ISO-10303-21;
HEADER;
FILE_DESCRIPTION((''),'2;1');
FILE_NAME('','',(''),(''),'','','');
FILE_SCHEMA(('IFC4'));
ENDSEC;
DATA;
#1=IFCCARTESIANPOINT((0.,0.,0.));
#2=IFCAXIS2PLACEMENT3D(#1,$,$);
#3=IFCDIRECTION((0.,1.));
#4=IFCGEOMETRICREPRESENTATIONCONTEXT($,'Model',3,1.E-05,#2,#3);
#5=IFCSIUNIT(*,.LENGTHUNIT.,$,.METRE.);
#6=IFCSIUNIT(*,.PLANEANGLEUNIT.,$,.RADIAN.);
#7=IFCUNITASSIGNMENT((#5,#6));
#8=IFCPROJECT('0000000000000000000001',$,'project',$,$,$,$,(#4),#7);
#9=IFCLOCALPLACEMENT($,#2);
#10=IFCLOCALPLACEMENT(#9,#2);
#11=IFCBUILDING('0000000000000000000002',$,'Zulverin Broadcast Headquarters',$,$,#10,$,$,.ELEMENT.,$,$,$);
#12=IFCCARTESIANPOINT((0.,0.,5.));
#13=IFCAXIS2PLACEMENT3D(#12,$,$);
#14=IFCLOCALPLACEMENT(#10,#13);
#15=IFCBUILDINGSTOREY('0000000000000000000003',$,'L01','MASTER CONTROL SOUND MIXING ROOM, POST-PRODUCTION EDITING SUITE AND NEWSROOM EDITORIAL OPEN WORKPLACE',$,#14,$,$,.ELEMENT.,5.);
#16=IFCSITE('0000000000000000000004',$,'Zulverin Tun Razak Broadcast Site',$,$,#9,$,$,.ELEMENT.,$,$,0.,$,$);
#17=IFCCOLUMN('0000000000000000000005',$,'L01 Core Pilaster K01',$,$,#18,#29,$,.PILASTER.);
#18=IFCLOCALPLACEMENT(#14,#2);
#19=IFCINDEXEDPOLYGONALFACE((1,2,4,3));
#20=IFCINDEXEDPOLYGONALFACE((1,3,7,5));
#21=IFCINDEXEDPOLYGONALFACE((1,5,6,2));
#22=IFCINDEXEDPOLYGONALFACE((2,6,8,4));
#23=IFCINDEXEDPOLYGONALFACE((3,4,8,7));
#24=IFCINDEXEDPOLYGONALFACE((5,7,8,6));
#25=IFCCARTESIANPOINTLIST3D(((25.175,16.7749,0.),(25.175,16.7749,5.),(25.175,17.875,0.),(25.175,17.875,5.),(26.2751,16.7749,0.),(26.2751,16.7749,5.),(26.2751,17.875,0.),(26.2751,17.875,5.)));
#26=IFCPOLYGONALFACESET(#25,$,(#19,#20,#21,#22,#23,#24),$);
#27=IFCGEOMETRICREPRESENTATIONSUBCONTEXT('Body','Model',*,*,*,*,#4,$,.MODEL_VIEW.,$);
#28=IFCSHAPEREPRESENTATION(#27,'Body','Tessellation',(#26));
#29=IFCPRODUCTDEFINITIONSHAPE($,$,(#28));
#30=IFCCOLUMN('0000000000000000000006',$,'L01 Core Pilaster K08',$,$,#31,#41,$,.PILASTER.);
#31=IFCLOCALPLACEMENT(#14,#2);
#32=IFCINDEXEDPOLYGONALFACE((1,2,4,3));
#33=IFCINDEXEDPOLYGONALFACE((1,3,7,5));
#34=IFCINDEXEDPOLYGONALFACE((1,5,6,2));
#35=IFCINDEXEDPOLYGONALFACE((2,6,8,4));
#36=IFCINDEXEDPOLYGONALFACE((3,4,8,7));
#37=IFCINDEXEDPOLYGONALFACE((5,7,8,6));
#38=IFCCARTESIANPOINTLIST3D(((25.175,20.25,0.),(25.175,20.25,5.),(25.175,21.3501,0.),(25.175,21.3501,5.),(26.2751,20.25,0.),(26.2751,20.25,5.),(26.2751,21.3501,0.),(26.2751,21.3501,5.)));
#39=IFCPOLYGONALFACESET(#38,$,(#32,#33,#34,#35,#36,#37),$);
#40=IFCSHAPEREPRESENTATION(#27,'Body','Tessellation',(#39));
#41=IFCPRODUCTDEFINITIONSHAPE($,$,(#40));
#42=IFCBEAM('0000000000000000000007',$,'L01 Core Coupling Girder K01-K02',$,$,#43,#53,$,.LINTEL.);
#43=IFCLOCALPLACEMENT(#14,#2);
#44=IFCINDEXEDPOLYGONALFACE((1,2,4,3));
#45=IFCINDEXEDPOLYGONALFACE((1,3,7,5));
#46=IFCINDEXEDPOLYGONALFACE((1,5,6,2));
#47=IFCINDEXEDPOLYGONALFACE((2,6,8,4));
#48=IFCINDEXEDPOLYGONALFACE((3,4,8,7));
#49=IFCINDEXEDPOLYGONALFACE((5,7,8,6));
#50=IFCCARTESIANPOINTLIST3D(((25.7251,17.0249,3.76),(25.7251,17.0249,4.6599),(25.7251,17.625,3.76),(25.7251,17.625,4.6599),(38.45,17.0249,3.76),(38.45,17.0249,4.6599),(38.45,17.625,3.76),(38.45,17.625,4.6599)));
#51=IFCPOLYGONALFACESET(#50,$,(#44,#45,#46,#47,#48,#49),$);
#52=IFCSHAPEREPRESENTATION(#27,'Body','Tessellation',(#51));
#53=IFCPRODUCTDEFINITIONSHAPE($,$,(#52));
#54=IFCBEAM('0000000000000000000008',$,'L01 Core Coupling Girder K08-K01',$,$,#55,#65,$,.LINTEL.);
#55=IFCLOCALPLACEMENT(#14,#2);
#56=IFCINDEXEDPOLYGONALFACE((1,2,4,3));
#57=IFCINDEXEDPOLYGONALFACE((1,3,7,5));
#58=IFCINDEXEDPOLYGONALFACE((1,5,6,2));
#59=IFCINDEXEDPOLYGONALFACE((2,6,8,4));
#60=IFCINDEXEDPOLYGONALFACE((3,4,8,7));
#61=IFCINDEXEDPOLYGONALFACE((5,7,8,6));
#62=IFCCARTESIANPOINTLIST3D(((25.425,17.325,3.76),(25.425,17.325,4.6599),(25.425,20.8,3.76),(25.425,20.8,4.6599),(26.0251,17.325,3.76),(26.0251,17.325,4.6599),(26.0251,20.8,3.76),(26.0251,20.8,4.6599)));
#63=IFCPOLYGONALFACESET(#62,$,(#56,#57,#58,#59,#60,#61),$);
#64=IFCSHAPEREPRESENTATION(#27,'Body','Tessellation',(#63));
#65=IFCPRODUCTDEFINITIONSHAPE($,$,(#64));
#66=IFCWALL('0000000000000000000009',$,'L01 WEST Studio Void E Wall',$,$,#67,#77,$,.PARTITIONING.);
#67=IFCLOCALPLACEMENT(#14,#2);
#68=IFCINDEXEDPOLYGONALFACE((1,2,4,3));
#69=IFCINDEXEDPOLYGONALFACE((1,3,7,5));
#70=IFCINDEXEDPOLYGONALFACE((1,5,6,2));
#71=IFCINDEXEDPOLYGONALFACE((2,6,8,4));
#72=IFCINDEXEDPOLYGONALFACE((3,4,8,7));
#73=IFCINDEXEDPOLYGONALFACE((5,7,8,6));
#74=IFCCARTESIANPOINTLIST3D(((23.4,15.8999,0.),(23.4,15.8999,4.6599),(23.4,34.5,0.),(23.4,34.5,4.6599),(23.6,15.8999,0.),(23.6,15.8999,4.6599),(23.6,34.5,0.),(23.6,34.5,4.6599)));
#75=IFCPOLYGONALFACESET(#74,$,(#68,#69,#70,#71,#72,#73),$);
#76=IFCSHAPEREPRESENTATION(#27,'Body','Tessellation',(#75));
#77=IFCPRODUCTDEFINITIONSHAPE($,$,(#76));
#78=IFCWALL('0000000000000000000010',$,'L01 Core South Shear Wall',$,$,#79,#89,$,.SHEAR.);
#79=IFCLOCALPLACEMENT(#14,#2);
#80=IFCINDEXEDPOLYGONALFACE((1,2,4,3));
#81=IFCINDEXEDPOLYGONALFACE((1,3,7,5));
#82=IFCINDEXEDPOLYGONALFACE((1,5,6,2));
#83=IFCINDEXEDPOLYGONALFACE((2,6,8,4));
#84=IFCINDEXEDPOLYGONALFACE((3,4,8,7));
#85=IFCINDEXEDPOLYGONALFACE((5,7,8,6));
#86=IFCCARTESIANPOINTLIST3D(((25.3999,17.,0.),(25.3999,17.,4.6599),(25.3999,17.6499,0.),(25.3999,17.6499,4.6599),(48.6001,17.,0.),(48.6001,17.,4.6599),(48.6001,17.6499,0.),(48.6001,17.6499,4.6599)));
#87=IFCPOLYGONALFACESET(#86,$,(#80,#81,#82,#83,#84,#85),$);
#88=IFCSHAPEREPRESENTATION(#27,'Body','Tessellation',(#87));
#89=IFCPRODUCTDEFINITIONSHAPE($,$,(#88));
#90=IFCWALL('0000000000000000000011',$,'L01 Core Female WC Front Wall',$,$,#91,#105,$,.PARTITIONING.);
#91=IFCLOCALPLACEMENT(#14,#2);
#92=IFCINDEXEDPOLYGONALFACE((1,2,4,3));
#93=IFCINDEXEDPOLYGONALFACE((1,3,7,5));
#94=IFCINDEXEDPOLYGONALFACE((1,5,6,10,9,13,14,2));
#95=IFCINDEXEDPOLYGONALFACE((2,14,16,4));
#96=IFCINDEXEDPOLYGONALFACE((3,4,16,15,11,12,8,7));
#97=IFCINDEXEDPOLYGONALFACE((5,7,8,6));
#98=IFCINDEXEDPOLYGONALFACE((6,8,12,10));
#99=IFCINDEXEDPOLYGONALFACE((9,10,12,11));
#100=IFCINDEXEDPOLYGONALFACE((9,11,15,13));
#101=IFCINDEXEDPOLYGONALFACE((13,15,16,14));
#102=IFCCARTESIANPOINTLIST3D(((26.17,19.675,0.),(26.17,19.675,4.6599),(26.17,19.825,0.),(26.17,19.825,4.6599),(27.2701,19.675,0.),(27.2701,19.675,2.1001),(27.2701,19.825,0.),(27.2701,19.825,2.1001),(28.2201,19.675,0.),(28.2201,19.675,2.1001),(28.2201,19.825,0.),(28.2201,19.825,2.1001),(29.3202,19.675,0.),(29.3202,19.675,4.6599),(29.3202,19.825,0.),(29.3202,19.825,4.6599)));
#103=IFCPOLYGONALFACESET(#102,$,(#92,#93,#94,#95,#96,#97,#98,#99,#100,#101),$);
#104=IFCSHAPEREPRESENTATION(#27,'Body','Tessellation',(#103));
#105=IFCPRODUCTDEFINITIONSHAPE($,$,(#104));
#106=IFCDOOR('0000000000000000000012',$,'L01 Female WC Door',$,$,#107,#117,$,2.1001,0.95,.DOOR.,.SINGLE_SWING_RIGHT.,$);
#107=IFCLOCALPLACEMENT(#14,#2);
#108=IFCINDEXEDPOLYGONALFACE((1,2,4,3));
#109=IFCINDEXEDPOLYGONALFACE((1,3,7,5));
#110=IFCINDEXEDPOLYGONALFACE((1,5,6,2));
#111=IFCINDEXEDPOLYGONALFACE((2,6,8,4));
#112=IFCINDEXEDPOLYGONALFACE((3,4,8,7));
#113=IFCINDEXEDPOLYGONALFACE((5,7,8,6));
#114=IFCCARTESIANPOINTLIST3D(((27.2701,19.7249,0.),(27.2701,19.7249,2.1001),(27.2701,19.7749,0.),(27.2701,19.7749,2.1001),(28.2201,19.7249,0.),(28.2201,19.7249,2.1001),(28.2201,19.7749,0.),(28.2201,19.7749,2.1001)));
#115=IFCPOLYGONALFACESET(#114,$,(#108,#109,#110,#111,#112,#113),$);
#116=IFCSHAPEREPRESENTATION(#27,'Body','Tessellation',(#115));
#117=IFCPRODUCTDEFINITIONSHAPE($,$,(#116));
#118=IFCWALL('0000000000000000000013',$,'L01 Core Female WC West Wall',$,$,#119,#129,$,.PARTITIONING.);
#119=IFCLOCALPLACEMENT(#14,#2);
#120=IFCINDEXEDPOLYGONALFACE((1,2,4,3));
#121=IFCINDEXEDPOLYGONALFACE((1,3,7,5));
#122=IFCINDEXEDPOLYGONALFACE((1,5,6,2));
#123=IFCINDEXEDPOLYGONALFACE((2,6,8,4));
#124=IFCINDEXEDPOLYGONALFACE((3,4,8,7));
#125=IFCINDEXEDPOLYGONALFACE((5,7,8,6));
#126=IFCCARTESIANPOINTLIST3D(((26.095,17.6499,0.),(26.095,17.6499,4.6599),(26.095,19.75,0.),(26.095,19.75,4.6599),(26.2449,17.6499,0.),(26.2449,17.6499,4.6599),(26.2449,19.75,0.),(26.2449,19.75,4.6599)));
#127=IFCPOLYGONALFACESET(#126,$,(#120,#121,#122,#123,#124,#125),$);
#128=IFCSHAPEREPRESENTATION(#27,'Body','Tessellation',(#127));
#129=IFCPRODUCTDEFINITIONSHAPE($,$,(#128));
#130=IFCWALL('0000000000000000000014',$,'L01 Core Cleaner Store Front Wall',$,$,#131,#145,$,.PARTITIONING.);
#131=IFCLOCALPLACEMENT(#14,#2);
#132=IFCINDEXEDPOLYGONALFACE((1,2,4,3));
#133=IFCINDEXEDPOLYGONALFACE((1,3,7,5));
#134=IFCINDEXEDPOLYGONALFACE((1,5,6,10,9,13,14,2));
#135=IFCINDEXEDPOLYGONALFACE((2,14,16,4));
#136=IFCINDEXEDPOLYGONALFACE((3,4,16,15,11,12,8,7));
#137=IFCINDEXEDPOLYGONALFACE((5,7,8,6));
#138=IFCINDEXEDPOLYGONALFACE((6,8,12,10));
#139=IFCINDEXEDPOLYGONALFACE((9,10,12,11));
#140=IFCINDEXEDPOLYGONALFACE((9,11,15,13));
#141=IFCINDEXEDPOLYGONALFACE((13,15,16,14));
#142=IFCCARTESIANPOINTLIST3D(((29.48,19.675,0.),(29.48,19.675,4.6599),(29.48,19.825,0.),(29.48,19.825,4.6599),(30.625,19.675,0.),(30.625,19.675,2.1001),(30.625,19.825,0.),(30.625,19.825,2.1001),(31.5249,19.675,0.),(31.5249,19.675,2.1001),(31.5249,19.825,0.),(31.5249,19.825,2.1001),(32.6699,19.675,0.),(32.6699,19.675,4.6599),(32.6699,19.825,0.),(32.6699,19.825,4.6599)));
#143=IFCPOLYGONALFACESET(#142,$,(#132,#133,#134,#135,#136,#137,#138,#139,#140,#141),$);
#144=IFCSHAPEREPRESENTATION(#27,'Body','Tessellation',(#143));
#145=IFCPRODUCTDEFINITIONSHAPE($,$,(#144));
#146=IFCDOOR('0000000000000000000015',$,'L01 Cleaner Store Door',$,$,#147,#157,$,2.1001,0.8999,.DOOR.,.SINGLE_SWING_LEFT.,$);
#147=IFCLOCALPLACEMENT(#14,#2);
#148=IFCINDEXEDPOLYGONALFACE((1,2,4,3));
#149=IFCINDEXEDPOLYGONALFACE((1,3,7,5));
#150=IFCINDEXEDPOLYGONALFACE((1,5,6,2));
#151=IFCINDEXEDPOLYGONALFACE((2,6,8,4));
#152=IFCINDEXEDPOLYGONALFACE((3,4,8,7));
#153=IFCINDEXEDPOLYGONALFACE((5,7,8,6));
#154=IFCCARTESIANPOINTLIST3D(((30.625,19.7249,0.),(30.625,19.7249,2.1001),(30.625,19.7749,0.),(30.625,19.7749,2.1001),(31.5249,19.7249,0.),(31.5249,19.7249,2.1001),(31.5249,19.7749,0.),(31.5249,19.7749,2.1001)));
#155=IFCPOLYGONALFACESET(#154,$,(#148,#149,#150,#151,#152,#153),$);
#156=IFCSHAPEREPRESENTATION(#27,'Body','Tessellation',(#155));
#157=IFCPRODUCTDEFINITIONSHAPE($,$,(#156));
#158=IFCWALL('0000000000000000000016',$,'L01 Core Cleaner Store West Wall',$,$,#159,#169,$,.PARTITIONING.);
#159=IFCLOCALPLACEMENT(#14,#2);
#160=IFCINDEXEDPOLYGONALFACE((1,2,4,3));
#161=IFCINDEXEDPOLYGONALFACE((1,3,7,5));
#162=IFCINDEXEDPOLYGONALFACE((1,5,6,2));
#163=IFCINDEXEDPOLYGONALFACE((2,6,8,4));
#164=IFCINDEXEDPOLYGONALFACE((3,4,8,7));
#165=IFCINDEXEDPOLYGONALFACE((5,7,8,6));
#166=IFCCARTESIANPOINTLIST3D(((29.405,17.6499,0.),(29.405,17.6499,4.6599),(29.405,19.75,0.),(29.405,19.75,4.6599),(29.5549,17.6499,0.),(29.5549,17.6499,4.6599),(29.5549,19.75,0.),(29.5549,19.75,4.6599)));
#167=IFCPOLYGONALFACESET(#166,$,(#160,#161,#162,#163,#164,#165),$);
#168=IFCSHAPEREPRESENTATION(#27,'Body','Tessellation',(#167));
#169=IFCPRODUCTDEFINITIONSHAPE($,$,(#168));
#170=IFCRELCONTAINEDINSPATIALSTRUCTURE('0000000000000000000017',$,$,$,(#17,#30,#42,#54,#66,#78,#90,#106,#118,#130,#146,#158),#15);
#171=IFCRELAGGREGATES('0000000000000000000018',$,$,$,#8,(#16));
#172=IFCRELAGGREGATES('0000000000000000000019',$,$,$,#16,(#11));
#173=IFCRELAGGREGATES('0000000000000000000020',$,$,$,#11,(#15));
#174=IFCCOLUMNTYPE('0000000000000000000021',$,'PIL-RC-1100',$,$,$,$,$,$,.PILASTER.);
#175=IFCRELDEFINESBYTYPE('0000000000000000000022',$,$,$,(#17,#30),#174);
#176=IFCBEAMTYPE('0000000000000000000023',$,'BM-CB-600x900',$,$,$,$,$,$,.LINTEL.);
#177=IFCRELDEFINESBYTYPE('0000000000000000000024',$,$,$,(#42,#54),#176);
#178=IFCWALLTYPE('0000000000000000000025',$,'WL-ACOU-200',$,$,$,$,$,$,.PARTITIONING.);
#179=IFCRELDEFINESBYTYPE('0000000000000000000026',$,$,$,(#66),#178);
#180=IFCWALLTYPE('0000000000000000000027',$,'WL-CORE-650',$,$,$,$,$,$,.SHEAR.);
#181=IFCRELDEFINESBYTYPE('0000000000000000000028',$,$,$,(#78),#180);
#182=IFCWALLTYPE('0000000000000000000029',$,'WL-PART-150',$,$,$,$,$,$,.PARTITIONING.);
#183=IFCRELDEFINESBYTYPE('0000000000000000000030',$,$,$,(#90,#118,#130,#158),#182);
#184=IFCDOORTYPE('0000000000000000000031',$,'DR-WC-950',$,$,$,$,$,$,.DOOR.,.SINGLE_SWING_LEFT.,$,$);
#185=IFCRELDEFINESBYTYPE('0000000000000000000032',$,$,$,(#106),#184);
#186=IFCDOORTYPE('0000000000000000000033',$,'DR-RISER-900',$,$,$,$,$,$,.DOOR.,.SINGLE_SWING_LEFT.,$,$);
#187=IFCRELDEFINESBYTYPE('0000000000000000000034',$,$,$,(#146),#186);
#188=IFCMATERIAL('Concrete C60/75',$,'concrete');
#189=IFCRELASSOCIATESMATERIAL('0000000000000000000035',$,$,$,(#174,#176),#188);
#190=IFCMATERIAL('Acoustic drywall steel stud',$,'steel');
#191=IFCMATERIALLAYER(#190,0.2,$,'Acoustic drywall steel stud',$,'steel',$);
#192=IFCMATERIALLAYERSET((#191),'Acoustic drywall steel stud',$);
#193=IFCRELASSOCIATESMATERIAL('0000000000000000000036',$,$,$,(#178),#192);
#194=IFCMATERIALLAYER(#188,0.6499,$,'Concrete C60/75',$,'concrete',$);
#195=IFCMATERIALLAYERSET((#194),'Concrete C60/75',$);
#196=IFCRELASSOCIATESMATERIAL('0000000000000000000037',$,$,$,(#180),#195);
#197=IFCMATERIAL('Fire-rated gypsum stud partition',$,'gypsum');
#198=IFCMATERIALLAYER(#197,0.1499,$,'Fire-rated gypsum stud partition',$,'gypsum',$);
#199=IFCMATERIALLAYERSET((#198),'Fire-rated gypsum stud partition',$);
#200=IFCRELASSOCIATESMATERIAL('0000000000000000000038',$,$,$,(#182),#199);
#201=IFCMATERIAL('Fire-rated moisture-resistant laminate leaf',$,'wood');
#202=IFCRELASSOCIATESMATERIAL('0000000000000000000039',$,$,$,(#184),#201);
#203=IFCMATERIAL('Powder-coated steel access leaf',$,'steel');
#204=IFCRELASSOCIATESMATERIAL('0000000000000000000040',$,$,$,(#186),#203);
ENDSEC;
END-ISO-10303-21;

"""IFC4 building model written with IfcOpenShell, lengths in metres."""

from ifc_helpers import new_model, si_unit, direction, frame, frame_2d, origin, origin_2d, place, context, subcontext, project, spatial, rectangle, extrude, material, layer, layer_set, material_profile, profile_set, type_object, element, fill, save


model = new_model("IFC4")

# Units and contexts
model_context = context("Model", 3, precision=1e-05, world=origin(), true_north=direction((0.0, 1.0)))
body_context = subcontext(model_context, "Body", "Model", "MODEL_VIEW")
ifc_project = project(units=[si_unit("LENGTHUNIT", "METRE"), si_unit("PLANEANGLEUNIT", "RADIAN")], contexts=[model_context])

# Site, building, storey
site_placement = place(None, origin())
site = spatial("IfcSite", under=ifc_project, at=site_placement, Name="Zulverin Tun Razak Broadcast Site", CompositionType="ELEMENT", RefElevation=0.0)
building_placement = place(site_placement, origin())
building = spatial("IfcBuilding", under=site, at=building_placement, Name="Zulverin Broadcast Headquarters", CompositionType="ELEMENT")
storey_placement = place(building_placement, frame((0.0, 0.0, 5.0)))
storey = spatial("IfcBuildingStorey", under=building, at=storey_placement, Name="L01", Description="MASTER CONTROL SOUND MIXING ROOM, POST-PRODUCTION EDITING SUITE AND NEWSROOM EDITORIAL OPEN WORKPLACE", CompositionType="ELEMENT", Elevation=5.0)

# Columns
ifc_material_1 = material(Name="Concrete C60/75", Category="concrete")
ifc_material_profile_1 = material_profile(ifc_material_1, rectangle(XDim=1.1001, YDim=1.1001, at=origin_2d()), Name="Concrete C60/75", Category="concrete")
ifc_profile_set_1 = profile_set([ifc_material_profile_1], Name="Concrete C60/75")
column_type = type_object("IfcColumnType", Name="PIL-RC-1100", PredefinedType="PILASTER", material=ifc_profile_set_1)
for number, where, z_axis, x_axis, name in (
    (1, (25.7251, 17.325, 0.0), (0.0, 0.0, 1.0), (1.0, 0.0, 0.0), "L01 Core Pilaster K01"),
    (2, (25.7251, 20.8, 0.0), (0.0, 0.0, 1.0), (1.0, 0.0, 0.0), "L01 Core Pilaster K08"),
):
    element("IfcColumn", number, at=place(storey_placement, frame(where, z_axis=z_axis, x_axis=x_axis)), inside=storey, type_object=column_type, Name=name, PredefinedType="PILASTER", context=body_context, shape_type="SweptSolid", body=[
        extrude(rectangle(XDim=1.1001, YDim=1.1001, at=origin_2d()), origin(), (0.0, 0.0, 1.0), 5.0),
    ])

# Beams
ifc_material_profile_2 = material_profile(ifc_material_1, rectangle(XDim=0.6001, YDim=0.8999, at=origin_2d()), Name="Concrete C60/75", Category="concrete")
ifc_profile_set_2 = profile_set([ifc_material_profile_2], Name="Concrete C60/75")
beam_type = type_object("IfcBeamType", Name="BM-CB-600x900", PredefinedType="LINTEL", material=ifc_profile_set_2)
beam_1_placement = place(storey_placement, frame((25.7251, 17.325, 4.21), z_axis=(1.0, 0.0, 0.0), x_axis=(0.0, 1.0, 0.0)))
element("IfcBeam", 3, at=beam_1_placement, inside=storey, type_object=beam_type, Name="L01 Core Coupling Girder K01-K02", PredefinedType="LINTEL", context=body_context, shape_type="SweptSolid", body=[
    extrude(rectangle(XDim=0.6001, YDim=0.8999, at=origin_2d()), origin(), (0.0, 0.0, 1.0), 12.7249),
])
beam_2_placement = place(storey_placement, frame((25.7251, 20.8, 4.21), z_axis=(0.0, -1.0, 0.0), x_axis=(1.0, 0.0, 0.0)))
element("IfcBeam", 4, at=beam_2_placement, inside=storey, type_object=beam_type, Name="L01 Core Coupling Girder K08-K01", PredefinedType="LINTEL", context=body_context, shape_type="SweptSolid", body=[
    extrude(rectangle(XDim=0.6001, YDim=0.8999, at=origin_2d()), origin(), (0.0, 0.0, 1.0), 3.4751),
])

# Walls
ifc_material_2 = material(Name="Acoustic drywall steel stud", Category="steel")
ifc_layer_1 = layer(ifc_material_2, 0.2, Name="Acoustic drywall steel stud", Category="steel")
ifc_layer_set_1 = layer_set([ifc_layer_1], Name="Acoustic drywall steel stud")
wall_type_1 = type_object("IfcWallType", Name="WL-ACOU-200", PredefinedType="PARTITIONING", material=ifc_layer_set_1)
wall_1_placement = place(storey_placement, frame((23.5, 15.8999, 0.0), z_axis=(0.0, 0.0, 1.0), x_axis=(0.0, 1.0, 0.0)))
element("IfcWall", 5, at=wall_1_placement, inside=storey, type_object=wall_type_1, Name="L01 WEST Studio Void E Wall", PredefinedType="PARTITIONING", context=body_context, shape_type="SweptSolid", body=[
    extrude(rectangle(XDim=18.6001, YDim=0.2, at=frame_2d((9.3, 0.0))), origin(), (0.0, 0.0, 1.0), 4.6599),
])
ifc_layer_2 = layer(ifc_material_1, 0.6499, Name="Concrete C60/75", Category="concrete")
ifc_layer_set_2 = layer_set([ifc_layer_2], Name="Concrete C60/75")
wall_type_2 = type_object("IfcWallType", Name="WL-CORE-650", PredefinedType="SHEAR", material=ifc_layer_set_2)
wall_2_placement = place(storey_placement, frame((25.3999, 17.325, 0.0), z_axis=(0.0, 0.0, 1.0), x_axis=(1.0, 0.0, 0.0)))
element("IfcWall", 6, at=wall_2_placement, inside=storey, type_object=wall_type_2, Name="L01 Core South Shear Wall", PredefinedType="SHEAR", context=body_context, shape_type="SweptSolid", body=[
    extrude(rectangle(XDim=23.2002, YDim=0.6499, at=frame_2d((11.6001, 0.0))), origin(), (0.0, 0.0, 1.0), 4.6599),
])

# Wall, opening, door
ifc_material_3 = material(Name="Fire-rated gypsum stud partition", Category="gypsum")
ifc_layer_3 = layer(ifc_material_3, 0.1499, Name="Fire-rated gypsum stud partition", Category="gypsum")
ifc_layer_set_3 = layer_set([ifc_layer_3], Name="Fire-rated gypsum stud partition")
wall_type_3 = type_object("IfcWallType", Name="WL-PART-150", PredefinedType="PARTITIONING", material=ifc_layer_set_3)
wall_3_placement = place(storey_placement, frame((26.1699, 19.75, 0.0), z_axis=(0.0, 0.0, 1.0), x_axis=(1.0, 0.0, 0.0)))
wall_3 = element("IfcWall", 7, at=wall_3_placement, inside=storey, type_object=wall_type_3, Name="L01 Core Female WC Front Wall", PredefinedType="PARTITIONING", context=body_context, shape_type="SweptSolid", body=[
    extrude(rectangle(XDim=3.1501, YDim=0.1499, at=frame_2d((1.5752, 0.0))), origin(), (0.0, 0.0, 1.0), 4.6599),
])
opening_1_placement = place(wall_3_placement, frame((1.1001, 0.0, 0.0)))
opening_1 = element("IfcOpeningElement", 8, at=opening_1_placement, cuts=wall_3, PredefinedType="OPENING", context=body_context, shape_type="SweptSolid", body=[
    extrude(rectangle(XDim=0.95, YDim=2.1001, at=frame_2d((0.4751, 1.05))), frame((0.0, 0.085, 0.0), z_axis=(0.0, -1.0, 0.0), x_axis=(1.0, 0.0, 0.0)), (0.0, 0.0, 1.0), 0.1699),
])
ifc_material_4 = material(Name="Fire-rated moisture-resistant laminate leaf", Category="wood")
door_type_1 = type_object("IfcDoorType", Name="DR-WC-950", OperationType="SINGLE_SWING_LEFT", PredefinedType="DOOR", material=ifc_material_4)
door_1_placement = place(opening_1_placement, origin())
door_1 = element("IfcDoor", 9, at=door_1_placement, inside=storey, type_object=door_type_1, Name="L01 Female WC Door", OperationType="SINGLE_SWING_RIGHT", OverallHeight=2.1001, OverallWidth=0.95, PredefinedType="DOOR", context=body_context, shape_type="SweptSolid", body=[
    extrude(rectangle(XDim=0.95, YDim=2.1001, at=frame_2d((0.4751, 1.05))), frame((0.0, 0.0249, 0.0), z_axis=(0.0, -1.0, 0.0), x_axis=(1.0, 0.0, 0.0)), (0.0, 0.0, 1.0), 0.05),
])
fill(opening_1, door_1)

# Wall
wall_4_placement = place(storey_placement, frame((26.1699, 17.6499, 0.0), z_axis=(0.0, 0.0, 1.0), x_axis=(0.0, 1.0, 0.0)))
element("IfcWall", 10, at=wall_4_placement, inside=storey, type_object=wall_type_3, Name="L01 Core Female WC West Wall", PredefinedType="PARTITIONING", context=body_context, shape_type="SweptSolid", body=[
    extrude(rectangle(XDim=2.1001, YDim=0.1499, at=frame_2d((1.05, 0.0))), origin(), (0.0, 0.0, 1.0), 4.6599),
])

# Wall, opening, door
wall_5_placement = place(storey_placement, frame((29.48, 19.75, 0.0), z_axis=(0.0, 0.0, 1.0), x_axis=(1.0, 0.0, 0.0)))
wall_5 = element("IfcWall", 11, at=wall_5_placement, inside=storey, type_object=wall_type_3, Name="L01 Core Cleaner Store Front Wall", PredefinedType="PARTITIONING", context=body_context, shape_type="SweptSolid", body=[
    extrude(rectangle(XDim=3.1899, YDim=0.1499, at=frame_2d((1.595, 0.0))), origin(), (0.0, 0.0, 1.0), 4.6599),
])
opening_2_placement = place(wall_5_placement, frame((1.145, 0.0, 0.0)))
opening_2 = element("IfcOpeningElement", 12, at=opening_2_placement, cuts=wall_5, PredefinedType="OPENING", context=body_context, shape_type="SweptSolid", body=[
    extrude(rectangle(XDim=0.8999, YDim=2.1001, at=frame_2d((0.45, 1.05))), frame((0.0, 0.085, 0.0), z_axis=(0.0, -1.0, 0.0), x_axis=(1.0, 0.0, 0.0)), (0.0, 0.0, 1.0), 0.1699),
])
ifc_material_5 = material(Name="Powder-coated steel access leaf", Category="steel")
door_type_2 = type_object("IfcDoorType", Name="DR-RISER-900", OperationType="SINGLE_SWING_LEFT", PredefinedType="DOOR", material=ifc_material_5)
door_2_placement = place(opening_2_placement, origin())
door_2 = element("IfcDoor", 13, at=door_2_placement, inside=storey, type_object=door_type_2, Name="L01 Cleaner Store Door", OperationType="SINGLE_SWING_LEFT", OverallHeight=2.1001, OverallWidth=0.8999, PredefinedType="DOOR", context=body_context, shape_type="SweptSolid", body=[
    extrude(rectangle(XDim=0.8999, YDim=2.1001, at=frame_2d((0.45, 1.05))), frame((0.0, 0.0249, 0.0), z_axis=(0.0, -1.0, 0.0), x_axis=(1.0, 0.0, 0.0)), (0.0, 0.0, 1.0), 0.05),
])
fill(opening_2, door_2)

# Wall
wall_6_placement = place(storey_placement, frame((29.48, 17.6499, 0.0), z_axis=(0.0, 0.0, 1.0), x_axis=(0.0, 1.0, 0.0)))
element("IfcWall", 14, at=wall_6_placement, inside=storey, type_object=wall_type_3, Name="L01 Core Cleaner Store West Wall", PredefinedType="PARTITIONING", context=body_context, shape_type="SweptSolid", body=[
    extrude(rectangle(XDim=2.1001, YDim=0.1499, at=frame_2d((1.05, 0.0))), origin(), (0.0, 0.0, 1.0), 4.6599),
])

save(model, "model.ifc")
